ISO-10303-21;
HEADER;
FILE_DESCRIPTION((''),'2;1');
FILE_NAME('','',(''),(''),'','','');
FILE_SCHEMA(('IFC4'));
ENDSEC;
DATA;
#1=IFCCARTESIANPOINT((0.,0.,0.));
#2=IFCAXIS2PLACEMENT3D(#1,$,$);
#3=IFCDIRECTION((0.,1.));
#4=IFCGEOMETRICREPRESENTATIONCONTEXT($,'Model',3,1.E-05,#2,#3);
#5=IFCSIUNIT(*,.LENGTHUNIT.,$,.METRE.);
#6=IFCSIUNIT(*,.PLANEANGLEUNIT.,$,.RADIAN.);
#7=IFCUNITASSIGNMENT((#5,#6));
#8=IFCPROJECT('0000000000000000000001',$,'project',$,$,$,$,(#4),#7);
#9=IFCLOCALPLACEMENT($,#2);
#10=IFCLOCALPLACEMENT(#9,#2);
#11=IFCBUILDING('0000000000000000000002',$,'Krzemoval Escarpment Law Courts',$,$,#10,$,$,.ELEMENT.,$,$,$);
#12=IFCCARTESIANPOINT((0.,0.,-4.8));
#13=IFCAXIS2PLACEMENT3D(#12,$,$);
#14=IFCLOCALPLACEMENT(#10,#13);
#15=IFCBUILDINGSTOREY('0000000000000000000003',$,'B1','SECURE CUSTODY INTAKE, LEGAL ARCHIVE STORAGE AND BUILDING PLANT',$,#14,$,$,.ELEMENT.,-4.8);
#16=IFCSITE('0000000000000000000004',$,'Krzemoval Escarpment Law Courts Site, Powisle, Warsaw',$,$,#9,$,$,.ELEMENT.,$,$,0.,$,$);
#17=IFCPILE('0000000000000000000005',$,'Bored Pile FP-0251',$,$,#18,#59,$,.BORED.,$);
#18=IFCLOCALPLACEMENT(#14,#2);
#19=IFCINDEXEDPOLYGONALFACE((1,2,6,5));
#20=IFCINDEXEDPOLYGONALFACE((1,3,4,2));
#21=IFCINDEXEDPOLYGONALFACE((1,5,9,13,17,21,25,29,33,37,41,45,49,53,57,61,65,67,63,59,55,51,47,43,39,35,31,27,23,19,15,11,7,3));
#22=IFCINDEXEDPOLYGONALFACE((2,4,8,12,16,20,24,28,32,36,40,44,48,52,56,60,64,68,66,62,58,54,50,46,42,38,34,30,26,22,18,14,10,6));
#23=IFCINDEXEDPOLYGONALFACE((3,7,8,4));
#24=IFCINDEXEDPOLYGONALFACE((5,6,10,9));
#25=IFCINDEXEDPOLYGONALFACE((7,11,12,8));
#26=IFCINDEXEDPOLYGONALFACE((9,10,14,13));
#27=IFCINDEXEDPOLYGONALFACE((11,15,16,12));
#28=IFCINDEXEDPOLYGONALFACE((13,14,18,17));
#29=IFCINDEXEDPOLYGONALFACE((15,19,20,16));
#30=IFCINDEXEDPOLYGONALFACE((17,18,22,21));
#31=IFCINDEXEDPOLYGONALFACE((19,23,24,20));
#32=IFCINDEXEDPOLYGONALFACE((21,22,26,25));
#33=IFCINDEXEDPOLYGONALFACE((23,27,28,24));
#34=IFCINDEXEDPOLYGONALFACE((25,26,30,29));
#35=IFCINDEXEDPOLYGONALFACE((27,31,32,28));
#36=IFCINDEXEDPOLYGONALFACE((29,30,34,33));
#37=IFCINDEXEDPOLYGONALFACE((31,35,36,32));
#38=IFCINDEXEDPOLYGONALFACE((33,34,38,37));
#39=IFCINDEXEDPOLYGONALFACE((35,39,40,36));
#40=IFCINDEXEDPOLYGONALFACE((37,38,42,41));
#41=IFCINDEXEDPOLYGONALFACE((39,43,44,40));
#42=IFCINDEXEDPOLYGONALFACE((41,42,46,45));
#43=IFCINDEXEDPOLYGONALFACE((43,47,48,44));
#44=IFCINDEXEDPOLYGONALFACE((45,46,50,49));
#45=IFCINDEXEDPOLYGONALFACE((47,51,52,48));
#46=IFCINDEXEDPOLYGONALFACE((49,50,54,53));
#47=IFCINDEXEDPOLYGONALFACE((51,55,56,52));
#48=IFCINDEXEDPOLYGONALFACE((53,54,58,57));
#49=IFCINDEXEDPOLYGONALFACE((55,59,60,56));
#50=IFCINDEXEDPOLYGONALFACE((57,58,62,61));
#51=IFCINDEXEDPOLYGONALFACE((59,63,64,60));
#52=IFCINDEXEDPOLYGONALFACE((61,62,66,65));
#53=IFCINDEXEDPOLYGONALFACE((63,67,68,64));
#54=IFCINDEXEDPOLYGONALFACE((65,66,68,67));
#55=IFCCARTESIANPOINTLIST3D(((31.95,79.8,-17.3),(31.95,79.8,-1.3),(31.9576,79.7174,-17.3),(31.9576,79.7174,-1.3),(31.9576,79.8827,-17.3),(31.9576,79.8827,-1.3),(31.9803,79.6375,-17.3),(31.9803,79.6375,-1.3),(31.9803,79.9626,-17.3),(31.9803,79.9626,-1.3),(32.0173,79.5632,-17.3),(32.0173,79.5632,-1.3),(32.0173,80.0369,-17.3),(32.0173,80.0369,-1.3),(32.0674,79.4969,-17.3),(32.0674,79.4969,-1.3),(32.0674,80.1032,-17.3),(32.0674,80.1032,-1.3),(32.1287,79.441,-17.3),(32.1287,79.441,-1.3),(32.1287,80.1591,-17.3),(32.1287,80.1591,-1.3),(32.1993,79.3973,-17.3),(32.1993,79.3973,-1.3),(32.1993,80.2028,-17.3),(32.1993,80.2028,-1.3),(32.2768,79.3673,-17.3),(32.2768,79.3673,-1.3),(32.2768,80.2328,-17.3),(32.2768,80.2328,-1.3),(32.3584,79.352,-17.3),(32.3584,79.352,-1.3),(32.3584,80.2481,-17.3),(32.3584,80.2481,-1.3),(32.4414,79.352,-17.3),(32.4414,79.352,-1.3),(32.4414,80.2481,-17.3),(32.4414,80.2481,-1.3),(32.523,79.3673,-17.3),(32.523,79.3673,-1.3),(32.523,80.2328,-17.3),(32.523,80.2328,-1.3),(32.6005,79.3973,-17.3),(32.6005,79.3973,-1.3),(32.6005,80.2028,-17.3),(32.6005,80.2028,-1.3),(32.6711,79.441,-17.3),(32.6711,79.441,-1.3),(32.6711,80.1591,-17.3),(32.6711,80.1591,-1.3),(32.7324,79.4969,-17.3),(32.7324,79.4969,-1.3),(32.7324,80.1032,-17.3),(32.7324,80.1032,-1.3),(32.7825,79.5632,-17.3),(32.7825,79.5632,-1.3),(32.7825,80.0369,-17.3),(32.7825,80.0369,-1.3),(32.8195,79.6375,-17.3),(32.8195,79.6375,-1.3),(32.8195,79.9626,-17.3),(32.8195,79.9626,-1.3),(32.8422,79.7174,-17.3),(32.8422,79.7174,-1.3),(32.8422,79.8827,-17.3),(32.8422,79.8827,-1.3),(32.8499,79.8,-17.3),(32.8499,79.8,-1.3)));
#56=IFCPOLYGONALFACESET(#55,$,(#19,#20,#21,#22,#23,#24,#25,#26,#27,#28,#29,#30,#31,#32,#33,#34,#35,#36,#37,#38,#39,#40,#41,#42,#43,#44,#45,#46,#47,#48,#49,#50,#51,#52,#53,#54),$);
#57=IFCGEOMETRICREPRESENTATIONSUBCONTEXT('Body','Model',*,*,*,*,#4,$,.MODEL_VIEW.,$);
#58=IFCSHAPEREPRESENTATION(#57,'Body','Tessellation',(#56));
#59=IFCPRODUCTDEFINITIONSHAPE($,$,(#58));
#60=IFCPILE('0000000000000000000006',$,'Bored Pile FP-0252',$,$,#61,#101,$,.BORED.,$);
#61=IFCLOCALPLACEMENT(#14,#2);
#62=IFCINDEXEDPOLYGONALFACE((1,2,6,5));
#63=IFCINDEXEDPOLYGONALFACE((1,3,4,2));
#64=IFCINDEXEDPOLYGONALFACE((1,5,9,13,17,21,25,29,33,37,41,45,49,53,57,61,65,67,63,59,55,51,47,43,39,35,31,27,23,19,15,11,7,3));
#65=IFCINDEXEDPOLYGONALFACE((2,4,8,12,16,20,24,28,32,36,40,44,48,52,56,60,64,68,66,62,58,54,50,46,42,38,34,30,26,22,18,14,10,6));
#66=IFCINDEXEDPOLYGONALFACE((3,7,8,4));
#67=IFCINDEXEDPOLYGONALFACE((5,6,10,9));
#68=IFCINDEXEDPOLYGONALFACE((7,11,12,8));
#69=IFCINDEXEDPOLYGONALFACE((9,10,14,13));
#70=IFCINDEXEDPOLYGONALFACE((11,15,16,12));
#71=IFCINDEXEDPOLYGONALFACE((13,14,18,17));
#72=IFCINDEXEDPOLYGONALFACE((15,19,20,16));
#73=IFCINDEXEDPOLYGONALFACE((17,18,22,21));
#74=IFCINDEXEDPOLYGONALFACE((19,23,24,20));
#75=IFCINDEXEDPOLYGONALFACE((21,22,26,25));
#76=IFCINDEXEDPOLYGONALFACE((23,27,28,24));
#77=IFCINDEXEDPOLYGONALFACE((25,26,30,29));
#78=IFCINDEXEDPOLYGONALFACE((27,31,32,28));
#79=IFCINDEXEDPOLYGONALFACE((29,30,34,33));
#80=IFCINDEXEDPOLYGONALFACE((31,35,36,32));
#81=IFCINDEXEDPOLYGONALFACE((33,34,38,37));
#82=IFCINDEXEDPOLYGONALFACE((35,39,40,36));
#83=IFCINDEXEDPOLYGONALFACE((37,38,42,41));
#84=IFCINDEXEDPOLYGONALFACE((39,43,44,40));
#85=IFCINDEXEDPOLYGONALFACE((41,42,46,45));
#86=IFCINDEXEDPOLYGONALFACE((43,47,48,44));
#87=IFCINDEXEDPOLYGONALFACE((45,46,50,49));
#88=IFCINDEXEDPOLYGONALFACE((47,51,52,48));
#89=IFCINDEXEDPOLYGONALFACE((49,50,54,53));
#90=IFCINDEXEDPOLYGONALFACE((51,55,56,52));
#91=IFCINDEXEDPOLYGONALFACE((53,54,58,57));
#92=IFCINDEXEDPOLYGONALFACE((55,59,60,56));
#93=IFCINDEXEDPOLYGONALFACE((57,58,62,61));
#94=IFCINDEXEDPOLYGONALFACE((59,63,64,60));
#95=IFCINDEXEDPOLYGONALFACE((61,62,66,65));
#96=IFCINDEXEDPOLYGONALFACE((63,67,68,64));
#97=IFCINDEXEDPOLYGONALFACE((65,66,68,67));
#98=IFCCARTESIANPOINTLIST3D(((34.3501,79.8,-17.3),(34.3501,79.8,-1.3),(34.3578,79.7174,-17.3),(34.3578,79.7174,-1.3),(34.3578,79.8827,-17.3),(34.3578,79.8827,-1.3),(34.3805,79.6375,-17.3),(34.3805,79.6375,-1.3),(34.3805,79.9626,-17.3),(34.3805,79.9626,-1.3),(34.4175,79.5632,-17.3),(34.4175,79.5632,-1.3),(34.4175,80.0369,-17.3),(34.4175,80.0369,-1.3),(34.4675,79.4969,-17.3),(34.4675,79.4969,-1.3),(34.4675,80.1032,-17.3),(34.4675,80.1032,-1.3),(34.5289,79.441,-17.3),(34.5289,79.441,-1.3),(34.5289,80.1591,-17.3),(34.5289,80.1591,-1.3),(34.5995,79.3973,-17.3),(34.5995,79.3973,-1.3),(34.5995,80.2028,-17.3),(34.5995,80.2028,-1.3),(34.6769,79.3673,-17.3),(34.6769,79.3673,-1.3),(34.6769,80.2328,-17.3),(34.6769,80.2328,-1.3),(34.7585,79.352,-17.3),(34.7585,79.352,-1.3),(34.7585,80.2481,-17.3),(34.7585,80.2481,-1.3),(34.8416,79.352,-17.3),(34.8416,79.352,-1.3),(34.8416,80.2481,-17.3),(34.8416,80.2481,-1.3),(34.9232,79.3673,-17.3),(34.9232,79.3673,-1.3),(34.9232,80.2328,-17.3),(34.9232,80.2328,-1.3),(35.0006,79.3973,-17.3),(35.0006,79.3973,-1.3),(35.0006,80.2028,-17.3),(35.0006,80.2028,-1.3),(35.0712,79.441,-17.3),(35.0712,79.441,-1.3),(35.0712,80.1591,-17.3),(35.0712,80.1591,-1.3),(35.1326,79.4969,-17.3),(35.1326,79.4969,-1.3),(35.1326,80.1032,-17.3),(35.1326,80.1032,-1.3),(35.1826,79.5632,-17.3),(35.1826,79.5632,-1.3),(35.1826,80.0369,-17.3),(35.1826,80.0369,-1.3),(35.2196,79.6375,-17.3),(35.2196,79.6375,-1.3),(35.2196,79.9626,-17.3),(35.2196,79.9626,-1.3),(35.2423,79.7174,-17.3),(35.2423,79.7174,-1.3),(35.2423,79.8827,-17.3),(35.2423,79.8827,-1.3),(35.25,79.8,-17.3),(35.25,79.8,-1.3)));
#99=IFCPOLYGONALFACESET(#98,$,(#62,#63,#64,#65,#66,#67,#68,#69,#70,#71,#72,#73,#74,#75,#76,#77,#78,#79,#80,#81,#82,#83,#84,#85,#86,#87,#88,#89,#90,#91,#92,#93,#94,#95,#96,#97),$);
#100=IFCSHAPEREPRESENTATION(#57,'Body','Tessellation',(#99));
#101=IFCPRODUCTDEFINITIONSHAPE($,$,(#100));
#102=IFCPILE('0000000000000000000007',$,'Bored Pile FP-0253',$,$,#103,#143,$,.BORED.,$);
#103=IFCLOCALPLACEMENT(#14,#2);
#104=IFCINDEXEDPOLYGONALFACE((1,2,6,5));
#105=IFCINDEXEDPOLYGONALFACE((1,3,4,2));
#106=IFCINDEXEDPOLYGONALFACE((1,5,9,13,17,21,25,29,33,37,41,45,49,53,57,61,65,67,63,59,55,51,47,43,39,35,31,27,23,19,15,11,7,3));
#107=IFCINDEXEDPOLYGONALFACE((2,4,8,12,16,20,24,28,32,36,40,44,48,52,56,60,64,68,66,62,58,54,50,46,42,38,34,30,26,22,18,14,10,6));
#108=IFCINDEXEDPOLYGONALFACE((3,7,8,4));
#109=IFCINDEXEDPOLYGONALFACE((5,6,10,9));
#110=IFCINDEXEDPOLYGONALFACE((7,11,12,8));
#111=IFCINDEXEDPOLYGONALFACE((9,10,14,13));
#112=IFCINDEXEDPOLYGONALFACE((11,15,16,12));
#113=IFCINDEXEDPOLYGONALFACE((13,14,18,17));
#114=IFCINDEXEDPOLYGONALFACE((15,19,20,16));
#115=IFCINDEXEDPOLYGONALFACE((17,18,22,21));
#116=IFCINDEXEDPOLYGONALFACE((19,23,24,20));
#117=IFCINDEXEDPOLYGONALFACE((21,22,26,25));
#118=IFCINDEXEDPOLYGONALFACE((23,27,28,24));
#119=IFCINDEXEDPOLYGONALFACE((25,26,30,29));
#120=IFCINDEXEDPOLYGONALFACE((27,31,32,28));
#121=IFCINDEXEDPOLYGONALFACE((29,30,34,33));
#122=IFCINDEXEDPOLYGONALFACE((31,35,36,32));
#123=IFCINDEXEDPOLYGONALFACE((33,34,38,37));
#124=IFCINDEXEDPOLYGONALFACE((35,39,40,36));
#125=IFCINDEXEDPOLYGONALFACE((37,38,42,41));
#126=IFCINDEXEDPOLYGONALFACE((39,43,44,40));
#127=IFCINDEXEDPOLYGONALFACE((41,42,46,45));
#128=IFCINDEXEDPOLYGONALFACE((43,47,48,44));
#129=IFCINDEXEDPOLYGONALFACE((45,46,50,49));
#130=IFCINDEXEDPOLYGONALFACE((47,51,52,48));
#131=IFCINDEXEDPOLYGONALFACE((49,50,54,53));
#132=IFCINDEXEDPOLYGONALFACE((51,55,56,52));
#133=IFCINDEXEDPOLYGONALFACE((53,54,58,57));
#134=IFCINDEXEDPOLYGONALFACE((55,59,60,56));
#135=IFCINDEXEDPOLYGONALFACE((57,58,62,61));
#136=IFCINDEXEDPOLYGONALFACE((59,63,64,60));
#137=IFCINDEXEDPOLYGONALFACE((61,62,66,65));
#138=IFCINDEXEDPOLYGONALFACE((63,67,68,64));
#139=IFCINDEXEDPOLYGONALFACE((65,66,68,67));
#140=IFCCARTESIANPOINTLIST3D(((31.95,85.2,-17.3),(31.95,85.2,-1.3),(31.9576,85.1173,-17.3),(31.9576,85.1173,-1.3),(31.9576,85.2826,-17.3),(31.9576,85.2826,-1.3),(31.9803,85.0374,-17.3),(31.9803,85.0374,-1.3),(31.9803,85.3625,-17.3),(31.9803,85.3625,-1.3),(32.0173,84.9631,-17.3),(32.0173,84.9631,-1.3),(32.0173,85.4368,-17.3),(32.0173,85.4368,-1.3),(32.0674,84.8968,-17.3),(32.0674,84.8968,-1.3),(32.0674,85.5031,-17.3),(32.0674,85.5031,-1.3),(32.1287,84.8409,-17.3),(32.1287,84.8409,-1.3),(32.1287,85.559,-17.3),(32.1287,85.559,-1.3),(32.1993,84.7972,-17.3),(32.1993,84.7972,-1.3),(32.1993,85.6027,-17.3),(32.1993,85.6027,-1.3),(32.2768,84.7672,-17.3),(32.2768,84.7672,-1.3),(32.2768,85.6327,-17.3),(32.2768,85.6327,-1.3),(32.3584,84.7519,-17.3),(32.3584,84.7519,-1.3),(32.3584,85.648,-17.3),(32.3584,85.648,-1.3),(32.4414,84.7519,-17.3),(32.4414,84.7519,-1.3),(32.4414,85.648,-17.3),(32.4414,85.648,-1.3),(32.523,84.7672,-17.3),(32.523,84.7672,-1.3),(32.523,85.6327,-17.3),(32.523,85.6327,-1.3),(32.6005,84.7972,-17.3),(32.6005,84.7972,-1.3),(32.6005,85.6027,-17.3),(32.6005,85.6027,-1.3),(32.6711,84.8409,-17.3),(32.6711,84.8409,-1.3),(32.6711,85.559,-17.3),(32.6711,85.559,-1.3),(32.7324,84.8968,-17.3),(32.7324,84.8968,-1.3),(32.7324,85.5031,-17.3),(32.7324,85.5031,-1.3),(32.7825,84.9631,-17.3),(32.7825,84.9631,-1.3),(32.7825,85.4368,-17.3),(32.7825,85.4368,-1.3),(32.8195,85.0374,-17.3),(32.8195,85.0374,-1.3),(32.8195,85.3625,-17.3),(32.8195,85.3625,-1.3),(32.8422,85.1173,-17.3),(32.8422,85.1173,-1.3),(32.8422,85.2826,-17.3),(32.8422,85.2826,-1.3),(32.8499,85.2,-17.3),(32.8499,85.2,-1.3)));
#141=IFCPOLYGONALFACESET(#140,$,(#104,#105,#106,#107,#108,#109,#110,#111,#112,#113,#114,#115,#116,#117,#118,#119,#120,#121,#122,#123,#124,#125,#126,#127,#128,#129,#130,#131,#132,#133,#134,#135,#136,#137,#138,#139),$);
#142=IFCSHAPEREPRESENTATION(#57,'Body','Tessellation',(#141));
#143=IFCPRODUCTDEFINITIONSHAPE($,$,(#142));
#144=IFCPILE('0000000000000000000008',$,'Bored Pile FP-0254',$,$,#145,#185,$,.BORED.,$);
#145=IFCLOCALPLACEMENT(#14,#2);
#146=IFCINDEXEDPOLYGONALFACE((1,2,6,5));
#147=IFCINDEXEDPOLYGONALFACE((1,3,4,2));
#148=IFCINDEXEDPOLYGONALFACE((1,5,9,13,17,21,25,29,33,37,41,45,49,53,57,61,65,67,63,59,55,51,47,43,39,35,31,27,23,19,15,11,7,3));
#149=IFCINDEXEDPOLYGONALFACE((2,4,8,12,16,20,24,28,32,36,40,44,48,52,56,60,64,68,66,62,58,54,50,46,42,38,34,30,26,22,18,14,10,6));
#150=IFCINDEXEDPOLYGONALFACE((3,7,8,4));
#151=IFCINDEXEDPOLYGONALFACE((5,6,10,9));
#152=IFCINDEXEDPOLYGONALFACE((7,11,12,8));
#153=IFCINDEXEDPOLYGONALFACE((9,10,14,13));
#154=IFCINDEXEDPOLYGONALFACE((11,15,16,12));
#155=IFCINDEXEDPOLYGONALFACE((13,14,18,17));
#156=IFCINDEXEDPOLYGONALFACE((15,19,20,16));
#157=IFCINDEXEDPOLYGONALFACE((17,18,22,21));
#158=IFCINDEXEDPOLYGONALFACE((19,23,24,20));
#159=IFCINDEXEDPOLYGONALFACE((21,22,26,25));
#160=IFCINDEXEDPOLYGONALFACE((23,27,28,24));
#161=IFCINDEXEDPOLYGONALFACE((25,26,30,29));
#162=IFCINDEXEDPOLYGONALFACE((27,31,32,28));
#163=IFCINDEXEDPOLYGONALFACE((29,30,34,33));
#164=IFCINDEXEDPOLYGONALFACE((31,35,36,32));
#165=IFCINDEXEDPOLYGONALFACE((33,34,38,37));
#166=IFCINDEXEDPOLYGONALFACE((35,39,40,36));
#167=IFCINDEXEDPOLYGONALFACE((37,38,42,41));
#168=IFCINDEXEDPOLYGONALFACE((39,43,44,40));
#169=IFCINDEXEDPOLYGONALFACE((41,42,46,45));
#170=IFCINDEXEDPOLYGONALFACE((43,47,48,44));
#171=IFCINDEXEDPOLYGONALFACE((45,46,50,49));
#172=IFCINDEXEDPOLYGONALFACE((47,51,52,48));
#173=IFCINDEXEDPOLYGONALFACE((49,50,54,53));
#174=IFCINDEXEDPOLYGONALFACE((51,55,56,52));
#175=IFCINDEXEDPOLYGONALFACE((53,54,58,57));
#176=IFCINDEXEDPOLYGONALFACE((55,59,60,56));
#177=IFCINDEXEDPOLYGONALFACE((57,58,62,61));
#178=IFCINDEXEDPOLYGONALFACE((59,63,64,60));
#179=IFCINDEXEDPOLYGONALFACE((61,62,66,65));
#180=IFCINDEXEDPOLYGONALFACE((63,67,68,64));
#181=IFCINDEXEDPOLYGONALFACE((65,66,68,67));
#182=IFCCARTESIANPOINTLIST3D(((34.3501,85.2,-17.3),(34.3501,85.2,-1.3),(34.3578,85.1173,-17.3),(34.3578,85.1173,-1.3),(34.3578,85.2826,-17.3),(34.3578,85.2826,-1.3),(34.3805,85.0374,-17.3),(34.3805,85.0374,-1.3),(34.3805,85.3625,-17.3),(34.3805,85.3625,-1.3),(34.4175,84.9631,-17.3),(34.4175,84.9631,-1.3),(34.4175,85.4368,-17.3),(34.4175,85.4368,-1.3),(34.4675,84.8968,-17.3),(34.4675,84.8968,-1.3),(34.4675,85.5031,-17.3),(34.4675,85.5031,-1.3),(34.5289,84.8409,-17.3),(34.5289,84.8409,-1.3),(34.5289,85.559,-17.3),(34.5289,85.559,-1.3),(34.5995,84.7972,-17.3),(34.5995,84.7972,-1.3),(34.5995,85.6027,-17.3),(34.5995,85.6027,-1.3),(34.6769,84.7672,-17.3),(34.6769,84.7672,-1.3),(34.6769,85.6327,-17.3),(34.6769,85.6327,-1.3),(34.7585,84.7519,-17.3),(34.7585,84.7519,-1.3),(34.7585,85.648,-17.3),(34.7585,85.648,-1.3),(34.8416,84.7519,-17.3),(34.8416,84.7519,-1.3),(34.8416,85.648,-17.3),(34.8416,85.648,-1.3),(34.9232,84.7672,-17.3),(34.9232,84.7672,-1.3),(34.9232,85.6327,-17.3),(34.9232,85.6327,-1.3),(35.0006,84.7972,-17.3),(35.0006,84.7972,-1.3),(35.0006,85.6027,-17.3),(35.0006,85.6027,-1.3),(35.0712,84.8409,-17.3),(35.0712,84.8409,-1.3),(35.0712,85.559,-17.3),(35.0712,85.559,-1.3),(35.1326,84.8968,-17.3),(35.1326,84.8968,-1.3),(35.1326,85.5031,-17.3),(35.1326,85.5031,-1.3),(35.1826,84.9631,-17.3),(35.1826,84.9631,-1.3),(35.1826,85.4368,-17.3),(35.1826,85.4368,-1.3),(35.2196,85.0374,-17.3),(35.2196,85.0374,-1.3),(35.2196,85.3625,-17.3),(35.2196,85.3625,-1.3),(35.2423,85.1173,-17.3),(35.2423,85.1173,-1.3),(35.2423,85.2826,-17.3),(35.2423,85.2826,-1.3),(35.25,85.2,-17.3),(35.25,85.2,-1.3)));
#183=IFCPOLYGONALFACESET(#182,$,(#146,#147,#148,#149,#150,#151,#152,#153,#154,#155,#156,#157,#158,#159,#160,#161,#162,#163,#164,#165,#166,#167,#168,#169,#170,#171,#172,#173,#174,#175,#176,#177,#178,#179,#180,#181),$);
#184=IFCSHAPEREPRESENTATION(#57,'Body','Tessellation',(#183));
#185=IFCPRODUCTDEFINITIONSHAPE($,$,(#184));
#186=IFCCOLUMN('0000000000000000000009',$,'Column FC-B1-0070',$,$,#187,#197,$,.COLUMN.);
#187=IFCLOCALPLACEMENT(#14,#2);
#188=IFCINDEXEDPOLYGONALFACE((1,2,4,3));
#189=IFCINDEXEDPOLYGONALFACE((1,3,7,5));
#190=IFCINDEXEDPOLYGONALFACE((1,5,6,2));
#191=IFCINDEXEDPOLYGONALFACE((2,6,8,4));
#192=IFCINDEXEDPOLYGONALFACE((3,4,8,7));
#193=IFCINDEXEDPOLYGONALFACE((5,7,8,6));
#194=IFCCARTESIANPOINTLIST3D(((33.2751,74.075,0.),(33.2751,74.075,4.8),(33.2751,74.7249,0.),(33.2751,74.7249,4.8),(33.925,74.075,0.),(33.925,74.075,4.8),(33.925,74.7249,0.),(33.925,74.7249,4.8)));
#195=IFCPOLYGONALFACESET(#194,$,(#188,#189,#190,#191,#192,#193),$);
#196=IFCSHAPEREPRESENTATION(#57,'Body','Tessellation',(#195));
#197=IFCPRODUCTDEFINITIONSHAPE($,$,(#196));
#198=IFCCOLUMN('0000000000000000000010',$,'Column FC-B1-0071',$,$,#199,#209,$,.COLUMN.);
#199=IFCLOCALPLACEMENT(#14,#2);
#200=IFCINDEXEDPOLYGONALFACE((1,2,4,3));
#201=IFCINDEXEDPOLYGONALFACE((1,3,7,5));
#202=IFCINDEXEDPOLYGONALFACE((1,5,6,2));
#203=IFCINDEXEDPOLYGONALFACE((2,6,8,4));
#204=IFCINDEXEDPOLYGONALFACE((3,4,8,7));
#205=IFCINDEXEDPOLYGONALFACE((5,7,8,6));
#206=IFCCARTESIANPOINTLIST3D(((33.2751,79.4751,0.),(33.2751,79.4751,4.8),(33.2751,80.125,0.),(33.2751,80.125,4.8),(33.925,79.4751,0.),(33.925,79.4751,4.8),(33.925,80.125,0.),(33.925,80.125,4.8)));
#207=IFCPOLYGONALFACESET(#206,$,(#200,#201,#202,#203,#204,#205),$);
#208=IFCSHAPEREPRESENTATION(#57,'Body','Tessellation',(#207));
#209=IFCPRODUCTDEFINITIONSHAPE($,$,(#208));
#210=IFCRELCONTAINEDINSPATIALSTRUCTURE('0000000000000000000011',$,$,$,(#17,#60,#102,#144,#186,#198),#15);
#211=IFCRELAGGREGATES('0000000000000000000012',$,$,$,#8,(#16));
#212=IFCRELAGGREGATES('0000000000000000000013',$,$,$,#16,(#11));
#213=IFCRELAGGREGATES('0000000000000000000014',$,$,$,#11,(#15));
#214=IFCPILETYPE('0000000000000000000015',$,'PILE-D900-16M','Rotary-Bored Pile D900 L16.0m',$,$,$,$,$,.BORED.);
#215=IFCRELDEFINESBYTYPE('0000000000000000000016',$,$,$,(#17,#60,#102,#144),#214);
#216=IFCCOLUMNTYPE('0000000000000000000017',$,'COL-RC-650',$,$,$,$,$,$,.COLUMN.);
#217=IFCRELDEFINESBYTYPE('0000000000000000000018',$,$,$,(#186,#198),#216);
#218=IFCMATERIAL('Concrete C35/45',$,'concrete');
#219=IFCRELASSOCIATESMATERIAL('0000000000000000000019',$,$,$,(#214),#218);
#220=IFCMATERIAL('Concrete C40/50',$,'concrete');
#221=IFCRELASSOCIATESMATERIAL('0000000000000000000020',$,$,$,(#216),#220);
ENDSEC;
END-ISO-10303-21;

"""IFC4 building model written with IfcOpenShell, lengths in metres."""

from ifc_helpers import new_model, si_unit, direction, frame, origin, origin_2d, place, context, subcontext, project, spatial, rectangle, circle, extrude, material, material_profile, profile_set, type_object, element, save


model = new_model("IFC4")

# Units and contexts
model_context = context("Model", 3, precision=1e-05, world=origin(), true_north=direction((0.0, 1.0)))
body_context = subcontext(model_context, "Body", "Model", "MODEL_VIEW")
ifc_project = project(units=[si_unit("LENGTHUNIT", "METRE"), si_unit("PLANEANGLEUNIT", "RADIAN")], contexts=[model_context])

# Site, building, storey
site_placement = place(None, origin())
site = spatial("IfcSite", under=ifc_project, at=site_placement, Name="Krzemoval Escarpment Law Courts Site, Powisle, Warsaw", CompositionType="ELEMENT", RefElevation=0.0)
building_placement = place(site_placement, origin())
building = spatial("IfcBuilding", under=site, at=building_placement, Name="Krzemoval Escarpment Law Courts", CompositionType="ELEMENT")
storey_placement = place(building_placement, frame((0.0, 0.0, -4.8)))
storey = spatial("IfcBuildingStorey", under=building, at=storey_placement, Name="B1", Description="SECURE CUSTODY INTAKE, LEGAL ARCHIVE STORAGE AND BUILDING PLANT", CompositionType="ELEMENT", Elevation=-4.8)

# Piles
ifc_material_1 = material(Name="Concrete C35/45", Category="concrete")
ifc_material_profile_1 = material_profile(ifc_material_1, circle(Radius=0.45, at=origin_2d()), Name="PILE D900")
ifc_profile_set_1 = profile_set([ifc_material_profile_1], Name="Concrete C35/45")
pile_type = type_object("IfcPileType", Name="PILE-D900-16M", Description="Rotary-Bored Pile D900 L16.0m", PredefinedType="BORED", material=ifc_profile_set_1)
for number, where, z_axis, x_axis, name in (
    (1, (32.3999, 79.8, -1.3), (0.0, 0.0, -1.0), (1.0, 0.0, 0.0), "Bored Pile FP-0251"),
    (2, (34.8, 79.8, -1.3), (0.0, 0.0, -1.0), (1.0, 0.0, 0.0), "Bored Pile FP-0252"),
    (3, (32.3999, 85.2, -1.3), (0.0, 0.0, -1.0), (1.0, 0.0, 0.0), "Bored Pile FP-0253"),
    (4, (34.8, 85.2, -1.3), (0.0, 0.0, -1.0), (1.0, 0.0, 0.0), "Bored Pile FP-0254"),
):
    element("IfcPile", number, at=place(storey_placement, frame(where, z_axis=z_axis, x_axis=x_axis)), inside=storey, type_object=pile_type, Name=name, PredefinedType="BORED", context=body_context, shape_type="SweptSolid", body=[
        extrude(circle(Radius=0.45, at=origin_2d()), origin(), (0.0, 0.0, 1.0), 16.0),
    ])

# Columns
ifc_material_2 = material(Name="Concrete C40/50", Category="concrete")
ifc_material_profile_2 = material_profile(ifc_material_2, rectangle(XDim=0.6499, YDim=0.6499, at=origin_2d()), Name="RC 650x650")
ifc_profile_set_2 = profile_set([ifc_material_profile_2], Name="Concrete C40/50")
column_type = type_object("IfcColumnType", Name="COL-RC-650", PredefinedType="COLUMN", material=ifc_profile_set_2)
for number, where, z_axis, x_axis, name in (
    (5, (33.6001, 74.3999, 0.0), (0.0, 0.0, 1.0), (1.0, 0.0, 0.0), "Column FC-B1-0070"),
    (6, (33.6001, 79.8, 0.0), (0.0, 0.0, 1.0), (1.0, 0.0, 0.0), "Column FC-B1-0071"),
):
    element("IfcColumn", number, at=place(storey_placement, frame(where, z_axis=z_axis, x_axis=x_axis)), inside=storey, type_object=column_type, Name=name, PredefinedType="COLUMN", context=body_context, shape_type="SweptSolid", body=[
        extrude(rectangle(XDim=0.6499, YDim=0.6499, at=origin_2d()), origin(), (0.0, 0.0, 1.0), 4.8),
    ])

save(model, "model.ifc")
